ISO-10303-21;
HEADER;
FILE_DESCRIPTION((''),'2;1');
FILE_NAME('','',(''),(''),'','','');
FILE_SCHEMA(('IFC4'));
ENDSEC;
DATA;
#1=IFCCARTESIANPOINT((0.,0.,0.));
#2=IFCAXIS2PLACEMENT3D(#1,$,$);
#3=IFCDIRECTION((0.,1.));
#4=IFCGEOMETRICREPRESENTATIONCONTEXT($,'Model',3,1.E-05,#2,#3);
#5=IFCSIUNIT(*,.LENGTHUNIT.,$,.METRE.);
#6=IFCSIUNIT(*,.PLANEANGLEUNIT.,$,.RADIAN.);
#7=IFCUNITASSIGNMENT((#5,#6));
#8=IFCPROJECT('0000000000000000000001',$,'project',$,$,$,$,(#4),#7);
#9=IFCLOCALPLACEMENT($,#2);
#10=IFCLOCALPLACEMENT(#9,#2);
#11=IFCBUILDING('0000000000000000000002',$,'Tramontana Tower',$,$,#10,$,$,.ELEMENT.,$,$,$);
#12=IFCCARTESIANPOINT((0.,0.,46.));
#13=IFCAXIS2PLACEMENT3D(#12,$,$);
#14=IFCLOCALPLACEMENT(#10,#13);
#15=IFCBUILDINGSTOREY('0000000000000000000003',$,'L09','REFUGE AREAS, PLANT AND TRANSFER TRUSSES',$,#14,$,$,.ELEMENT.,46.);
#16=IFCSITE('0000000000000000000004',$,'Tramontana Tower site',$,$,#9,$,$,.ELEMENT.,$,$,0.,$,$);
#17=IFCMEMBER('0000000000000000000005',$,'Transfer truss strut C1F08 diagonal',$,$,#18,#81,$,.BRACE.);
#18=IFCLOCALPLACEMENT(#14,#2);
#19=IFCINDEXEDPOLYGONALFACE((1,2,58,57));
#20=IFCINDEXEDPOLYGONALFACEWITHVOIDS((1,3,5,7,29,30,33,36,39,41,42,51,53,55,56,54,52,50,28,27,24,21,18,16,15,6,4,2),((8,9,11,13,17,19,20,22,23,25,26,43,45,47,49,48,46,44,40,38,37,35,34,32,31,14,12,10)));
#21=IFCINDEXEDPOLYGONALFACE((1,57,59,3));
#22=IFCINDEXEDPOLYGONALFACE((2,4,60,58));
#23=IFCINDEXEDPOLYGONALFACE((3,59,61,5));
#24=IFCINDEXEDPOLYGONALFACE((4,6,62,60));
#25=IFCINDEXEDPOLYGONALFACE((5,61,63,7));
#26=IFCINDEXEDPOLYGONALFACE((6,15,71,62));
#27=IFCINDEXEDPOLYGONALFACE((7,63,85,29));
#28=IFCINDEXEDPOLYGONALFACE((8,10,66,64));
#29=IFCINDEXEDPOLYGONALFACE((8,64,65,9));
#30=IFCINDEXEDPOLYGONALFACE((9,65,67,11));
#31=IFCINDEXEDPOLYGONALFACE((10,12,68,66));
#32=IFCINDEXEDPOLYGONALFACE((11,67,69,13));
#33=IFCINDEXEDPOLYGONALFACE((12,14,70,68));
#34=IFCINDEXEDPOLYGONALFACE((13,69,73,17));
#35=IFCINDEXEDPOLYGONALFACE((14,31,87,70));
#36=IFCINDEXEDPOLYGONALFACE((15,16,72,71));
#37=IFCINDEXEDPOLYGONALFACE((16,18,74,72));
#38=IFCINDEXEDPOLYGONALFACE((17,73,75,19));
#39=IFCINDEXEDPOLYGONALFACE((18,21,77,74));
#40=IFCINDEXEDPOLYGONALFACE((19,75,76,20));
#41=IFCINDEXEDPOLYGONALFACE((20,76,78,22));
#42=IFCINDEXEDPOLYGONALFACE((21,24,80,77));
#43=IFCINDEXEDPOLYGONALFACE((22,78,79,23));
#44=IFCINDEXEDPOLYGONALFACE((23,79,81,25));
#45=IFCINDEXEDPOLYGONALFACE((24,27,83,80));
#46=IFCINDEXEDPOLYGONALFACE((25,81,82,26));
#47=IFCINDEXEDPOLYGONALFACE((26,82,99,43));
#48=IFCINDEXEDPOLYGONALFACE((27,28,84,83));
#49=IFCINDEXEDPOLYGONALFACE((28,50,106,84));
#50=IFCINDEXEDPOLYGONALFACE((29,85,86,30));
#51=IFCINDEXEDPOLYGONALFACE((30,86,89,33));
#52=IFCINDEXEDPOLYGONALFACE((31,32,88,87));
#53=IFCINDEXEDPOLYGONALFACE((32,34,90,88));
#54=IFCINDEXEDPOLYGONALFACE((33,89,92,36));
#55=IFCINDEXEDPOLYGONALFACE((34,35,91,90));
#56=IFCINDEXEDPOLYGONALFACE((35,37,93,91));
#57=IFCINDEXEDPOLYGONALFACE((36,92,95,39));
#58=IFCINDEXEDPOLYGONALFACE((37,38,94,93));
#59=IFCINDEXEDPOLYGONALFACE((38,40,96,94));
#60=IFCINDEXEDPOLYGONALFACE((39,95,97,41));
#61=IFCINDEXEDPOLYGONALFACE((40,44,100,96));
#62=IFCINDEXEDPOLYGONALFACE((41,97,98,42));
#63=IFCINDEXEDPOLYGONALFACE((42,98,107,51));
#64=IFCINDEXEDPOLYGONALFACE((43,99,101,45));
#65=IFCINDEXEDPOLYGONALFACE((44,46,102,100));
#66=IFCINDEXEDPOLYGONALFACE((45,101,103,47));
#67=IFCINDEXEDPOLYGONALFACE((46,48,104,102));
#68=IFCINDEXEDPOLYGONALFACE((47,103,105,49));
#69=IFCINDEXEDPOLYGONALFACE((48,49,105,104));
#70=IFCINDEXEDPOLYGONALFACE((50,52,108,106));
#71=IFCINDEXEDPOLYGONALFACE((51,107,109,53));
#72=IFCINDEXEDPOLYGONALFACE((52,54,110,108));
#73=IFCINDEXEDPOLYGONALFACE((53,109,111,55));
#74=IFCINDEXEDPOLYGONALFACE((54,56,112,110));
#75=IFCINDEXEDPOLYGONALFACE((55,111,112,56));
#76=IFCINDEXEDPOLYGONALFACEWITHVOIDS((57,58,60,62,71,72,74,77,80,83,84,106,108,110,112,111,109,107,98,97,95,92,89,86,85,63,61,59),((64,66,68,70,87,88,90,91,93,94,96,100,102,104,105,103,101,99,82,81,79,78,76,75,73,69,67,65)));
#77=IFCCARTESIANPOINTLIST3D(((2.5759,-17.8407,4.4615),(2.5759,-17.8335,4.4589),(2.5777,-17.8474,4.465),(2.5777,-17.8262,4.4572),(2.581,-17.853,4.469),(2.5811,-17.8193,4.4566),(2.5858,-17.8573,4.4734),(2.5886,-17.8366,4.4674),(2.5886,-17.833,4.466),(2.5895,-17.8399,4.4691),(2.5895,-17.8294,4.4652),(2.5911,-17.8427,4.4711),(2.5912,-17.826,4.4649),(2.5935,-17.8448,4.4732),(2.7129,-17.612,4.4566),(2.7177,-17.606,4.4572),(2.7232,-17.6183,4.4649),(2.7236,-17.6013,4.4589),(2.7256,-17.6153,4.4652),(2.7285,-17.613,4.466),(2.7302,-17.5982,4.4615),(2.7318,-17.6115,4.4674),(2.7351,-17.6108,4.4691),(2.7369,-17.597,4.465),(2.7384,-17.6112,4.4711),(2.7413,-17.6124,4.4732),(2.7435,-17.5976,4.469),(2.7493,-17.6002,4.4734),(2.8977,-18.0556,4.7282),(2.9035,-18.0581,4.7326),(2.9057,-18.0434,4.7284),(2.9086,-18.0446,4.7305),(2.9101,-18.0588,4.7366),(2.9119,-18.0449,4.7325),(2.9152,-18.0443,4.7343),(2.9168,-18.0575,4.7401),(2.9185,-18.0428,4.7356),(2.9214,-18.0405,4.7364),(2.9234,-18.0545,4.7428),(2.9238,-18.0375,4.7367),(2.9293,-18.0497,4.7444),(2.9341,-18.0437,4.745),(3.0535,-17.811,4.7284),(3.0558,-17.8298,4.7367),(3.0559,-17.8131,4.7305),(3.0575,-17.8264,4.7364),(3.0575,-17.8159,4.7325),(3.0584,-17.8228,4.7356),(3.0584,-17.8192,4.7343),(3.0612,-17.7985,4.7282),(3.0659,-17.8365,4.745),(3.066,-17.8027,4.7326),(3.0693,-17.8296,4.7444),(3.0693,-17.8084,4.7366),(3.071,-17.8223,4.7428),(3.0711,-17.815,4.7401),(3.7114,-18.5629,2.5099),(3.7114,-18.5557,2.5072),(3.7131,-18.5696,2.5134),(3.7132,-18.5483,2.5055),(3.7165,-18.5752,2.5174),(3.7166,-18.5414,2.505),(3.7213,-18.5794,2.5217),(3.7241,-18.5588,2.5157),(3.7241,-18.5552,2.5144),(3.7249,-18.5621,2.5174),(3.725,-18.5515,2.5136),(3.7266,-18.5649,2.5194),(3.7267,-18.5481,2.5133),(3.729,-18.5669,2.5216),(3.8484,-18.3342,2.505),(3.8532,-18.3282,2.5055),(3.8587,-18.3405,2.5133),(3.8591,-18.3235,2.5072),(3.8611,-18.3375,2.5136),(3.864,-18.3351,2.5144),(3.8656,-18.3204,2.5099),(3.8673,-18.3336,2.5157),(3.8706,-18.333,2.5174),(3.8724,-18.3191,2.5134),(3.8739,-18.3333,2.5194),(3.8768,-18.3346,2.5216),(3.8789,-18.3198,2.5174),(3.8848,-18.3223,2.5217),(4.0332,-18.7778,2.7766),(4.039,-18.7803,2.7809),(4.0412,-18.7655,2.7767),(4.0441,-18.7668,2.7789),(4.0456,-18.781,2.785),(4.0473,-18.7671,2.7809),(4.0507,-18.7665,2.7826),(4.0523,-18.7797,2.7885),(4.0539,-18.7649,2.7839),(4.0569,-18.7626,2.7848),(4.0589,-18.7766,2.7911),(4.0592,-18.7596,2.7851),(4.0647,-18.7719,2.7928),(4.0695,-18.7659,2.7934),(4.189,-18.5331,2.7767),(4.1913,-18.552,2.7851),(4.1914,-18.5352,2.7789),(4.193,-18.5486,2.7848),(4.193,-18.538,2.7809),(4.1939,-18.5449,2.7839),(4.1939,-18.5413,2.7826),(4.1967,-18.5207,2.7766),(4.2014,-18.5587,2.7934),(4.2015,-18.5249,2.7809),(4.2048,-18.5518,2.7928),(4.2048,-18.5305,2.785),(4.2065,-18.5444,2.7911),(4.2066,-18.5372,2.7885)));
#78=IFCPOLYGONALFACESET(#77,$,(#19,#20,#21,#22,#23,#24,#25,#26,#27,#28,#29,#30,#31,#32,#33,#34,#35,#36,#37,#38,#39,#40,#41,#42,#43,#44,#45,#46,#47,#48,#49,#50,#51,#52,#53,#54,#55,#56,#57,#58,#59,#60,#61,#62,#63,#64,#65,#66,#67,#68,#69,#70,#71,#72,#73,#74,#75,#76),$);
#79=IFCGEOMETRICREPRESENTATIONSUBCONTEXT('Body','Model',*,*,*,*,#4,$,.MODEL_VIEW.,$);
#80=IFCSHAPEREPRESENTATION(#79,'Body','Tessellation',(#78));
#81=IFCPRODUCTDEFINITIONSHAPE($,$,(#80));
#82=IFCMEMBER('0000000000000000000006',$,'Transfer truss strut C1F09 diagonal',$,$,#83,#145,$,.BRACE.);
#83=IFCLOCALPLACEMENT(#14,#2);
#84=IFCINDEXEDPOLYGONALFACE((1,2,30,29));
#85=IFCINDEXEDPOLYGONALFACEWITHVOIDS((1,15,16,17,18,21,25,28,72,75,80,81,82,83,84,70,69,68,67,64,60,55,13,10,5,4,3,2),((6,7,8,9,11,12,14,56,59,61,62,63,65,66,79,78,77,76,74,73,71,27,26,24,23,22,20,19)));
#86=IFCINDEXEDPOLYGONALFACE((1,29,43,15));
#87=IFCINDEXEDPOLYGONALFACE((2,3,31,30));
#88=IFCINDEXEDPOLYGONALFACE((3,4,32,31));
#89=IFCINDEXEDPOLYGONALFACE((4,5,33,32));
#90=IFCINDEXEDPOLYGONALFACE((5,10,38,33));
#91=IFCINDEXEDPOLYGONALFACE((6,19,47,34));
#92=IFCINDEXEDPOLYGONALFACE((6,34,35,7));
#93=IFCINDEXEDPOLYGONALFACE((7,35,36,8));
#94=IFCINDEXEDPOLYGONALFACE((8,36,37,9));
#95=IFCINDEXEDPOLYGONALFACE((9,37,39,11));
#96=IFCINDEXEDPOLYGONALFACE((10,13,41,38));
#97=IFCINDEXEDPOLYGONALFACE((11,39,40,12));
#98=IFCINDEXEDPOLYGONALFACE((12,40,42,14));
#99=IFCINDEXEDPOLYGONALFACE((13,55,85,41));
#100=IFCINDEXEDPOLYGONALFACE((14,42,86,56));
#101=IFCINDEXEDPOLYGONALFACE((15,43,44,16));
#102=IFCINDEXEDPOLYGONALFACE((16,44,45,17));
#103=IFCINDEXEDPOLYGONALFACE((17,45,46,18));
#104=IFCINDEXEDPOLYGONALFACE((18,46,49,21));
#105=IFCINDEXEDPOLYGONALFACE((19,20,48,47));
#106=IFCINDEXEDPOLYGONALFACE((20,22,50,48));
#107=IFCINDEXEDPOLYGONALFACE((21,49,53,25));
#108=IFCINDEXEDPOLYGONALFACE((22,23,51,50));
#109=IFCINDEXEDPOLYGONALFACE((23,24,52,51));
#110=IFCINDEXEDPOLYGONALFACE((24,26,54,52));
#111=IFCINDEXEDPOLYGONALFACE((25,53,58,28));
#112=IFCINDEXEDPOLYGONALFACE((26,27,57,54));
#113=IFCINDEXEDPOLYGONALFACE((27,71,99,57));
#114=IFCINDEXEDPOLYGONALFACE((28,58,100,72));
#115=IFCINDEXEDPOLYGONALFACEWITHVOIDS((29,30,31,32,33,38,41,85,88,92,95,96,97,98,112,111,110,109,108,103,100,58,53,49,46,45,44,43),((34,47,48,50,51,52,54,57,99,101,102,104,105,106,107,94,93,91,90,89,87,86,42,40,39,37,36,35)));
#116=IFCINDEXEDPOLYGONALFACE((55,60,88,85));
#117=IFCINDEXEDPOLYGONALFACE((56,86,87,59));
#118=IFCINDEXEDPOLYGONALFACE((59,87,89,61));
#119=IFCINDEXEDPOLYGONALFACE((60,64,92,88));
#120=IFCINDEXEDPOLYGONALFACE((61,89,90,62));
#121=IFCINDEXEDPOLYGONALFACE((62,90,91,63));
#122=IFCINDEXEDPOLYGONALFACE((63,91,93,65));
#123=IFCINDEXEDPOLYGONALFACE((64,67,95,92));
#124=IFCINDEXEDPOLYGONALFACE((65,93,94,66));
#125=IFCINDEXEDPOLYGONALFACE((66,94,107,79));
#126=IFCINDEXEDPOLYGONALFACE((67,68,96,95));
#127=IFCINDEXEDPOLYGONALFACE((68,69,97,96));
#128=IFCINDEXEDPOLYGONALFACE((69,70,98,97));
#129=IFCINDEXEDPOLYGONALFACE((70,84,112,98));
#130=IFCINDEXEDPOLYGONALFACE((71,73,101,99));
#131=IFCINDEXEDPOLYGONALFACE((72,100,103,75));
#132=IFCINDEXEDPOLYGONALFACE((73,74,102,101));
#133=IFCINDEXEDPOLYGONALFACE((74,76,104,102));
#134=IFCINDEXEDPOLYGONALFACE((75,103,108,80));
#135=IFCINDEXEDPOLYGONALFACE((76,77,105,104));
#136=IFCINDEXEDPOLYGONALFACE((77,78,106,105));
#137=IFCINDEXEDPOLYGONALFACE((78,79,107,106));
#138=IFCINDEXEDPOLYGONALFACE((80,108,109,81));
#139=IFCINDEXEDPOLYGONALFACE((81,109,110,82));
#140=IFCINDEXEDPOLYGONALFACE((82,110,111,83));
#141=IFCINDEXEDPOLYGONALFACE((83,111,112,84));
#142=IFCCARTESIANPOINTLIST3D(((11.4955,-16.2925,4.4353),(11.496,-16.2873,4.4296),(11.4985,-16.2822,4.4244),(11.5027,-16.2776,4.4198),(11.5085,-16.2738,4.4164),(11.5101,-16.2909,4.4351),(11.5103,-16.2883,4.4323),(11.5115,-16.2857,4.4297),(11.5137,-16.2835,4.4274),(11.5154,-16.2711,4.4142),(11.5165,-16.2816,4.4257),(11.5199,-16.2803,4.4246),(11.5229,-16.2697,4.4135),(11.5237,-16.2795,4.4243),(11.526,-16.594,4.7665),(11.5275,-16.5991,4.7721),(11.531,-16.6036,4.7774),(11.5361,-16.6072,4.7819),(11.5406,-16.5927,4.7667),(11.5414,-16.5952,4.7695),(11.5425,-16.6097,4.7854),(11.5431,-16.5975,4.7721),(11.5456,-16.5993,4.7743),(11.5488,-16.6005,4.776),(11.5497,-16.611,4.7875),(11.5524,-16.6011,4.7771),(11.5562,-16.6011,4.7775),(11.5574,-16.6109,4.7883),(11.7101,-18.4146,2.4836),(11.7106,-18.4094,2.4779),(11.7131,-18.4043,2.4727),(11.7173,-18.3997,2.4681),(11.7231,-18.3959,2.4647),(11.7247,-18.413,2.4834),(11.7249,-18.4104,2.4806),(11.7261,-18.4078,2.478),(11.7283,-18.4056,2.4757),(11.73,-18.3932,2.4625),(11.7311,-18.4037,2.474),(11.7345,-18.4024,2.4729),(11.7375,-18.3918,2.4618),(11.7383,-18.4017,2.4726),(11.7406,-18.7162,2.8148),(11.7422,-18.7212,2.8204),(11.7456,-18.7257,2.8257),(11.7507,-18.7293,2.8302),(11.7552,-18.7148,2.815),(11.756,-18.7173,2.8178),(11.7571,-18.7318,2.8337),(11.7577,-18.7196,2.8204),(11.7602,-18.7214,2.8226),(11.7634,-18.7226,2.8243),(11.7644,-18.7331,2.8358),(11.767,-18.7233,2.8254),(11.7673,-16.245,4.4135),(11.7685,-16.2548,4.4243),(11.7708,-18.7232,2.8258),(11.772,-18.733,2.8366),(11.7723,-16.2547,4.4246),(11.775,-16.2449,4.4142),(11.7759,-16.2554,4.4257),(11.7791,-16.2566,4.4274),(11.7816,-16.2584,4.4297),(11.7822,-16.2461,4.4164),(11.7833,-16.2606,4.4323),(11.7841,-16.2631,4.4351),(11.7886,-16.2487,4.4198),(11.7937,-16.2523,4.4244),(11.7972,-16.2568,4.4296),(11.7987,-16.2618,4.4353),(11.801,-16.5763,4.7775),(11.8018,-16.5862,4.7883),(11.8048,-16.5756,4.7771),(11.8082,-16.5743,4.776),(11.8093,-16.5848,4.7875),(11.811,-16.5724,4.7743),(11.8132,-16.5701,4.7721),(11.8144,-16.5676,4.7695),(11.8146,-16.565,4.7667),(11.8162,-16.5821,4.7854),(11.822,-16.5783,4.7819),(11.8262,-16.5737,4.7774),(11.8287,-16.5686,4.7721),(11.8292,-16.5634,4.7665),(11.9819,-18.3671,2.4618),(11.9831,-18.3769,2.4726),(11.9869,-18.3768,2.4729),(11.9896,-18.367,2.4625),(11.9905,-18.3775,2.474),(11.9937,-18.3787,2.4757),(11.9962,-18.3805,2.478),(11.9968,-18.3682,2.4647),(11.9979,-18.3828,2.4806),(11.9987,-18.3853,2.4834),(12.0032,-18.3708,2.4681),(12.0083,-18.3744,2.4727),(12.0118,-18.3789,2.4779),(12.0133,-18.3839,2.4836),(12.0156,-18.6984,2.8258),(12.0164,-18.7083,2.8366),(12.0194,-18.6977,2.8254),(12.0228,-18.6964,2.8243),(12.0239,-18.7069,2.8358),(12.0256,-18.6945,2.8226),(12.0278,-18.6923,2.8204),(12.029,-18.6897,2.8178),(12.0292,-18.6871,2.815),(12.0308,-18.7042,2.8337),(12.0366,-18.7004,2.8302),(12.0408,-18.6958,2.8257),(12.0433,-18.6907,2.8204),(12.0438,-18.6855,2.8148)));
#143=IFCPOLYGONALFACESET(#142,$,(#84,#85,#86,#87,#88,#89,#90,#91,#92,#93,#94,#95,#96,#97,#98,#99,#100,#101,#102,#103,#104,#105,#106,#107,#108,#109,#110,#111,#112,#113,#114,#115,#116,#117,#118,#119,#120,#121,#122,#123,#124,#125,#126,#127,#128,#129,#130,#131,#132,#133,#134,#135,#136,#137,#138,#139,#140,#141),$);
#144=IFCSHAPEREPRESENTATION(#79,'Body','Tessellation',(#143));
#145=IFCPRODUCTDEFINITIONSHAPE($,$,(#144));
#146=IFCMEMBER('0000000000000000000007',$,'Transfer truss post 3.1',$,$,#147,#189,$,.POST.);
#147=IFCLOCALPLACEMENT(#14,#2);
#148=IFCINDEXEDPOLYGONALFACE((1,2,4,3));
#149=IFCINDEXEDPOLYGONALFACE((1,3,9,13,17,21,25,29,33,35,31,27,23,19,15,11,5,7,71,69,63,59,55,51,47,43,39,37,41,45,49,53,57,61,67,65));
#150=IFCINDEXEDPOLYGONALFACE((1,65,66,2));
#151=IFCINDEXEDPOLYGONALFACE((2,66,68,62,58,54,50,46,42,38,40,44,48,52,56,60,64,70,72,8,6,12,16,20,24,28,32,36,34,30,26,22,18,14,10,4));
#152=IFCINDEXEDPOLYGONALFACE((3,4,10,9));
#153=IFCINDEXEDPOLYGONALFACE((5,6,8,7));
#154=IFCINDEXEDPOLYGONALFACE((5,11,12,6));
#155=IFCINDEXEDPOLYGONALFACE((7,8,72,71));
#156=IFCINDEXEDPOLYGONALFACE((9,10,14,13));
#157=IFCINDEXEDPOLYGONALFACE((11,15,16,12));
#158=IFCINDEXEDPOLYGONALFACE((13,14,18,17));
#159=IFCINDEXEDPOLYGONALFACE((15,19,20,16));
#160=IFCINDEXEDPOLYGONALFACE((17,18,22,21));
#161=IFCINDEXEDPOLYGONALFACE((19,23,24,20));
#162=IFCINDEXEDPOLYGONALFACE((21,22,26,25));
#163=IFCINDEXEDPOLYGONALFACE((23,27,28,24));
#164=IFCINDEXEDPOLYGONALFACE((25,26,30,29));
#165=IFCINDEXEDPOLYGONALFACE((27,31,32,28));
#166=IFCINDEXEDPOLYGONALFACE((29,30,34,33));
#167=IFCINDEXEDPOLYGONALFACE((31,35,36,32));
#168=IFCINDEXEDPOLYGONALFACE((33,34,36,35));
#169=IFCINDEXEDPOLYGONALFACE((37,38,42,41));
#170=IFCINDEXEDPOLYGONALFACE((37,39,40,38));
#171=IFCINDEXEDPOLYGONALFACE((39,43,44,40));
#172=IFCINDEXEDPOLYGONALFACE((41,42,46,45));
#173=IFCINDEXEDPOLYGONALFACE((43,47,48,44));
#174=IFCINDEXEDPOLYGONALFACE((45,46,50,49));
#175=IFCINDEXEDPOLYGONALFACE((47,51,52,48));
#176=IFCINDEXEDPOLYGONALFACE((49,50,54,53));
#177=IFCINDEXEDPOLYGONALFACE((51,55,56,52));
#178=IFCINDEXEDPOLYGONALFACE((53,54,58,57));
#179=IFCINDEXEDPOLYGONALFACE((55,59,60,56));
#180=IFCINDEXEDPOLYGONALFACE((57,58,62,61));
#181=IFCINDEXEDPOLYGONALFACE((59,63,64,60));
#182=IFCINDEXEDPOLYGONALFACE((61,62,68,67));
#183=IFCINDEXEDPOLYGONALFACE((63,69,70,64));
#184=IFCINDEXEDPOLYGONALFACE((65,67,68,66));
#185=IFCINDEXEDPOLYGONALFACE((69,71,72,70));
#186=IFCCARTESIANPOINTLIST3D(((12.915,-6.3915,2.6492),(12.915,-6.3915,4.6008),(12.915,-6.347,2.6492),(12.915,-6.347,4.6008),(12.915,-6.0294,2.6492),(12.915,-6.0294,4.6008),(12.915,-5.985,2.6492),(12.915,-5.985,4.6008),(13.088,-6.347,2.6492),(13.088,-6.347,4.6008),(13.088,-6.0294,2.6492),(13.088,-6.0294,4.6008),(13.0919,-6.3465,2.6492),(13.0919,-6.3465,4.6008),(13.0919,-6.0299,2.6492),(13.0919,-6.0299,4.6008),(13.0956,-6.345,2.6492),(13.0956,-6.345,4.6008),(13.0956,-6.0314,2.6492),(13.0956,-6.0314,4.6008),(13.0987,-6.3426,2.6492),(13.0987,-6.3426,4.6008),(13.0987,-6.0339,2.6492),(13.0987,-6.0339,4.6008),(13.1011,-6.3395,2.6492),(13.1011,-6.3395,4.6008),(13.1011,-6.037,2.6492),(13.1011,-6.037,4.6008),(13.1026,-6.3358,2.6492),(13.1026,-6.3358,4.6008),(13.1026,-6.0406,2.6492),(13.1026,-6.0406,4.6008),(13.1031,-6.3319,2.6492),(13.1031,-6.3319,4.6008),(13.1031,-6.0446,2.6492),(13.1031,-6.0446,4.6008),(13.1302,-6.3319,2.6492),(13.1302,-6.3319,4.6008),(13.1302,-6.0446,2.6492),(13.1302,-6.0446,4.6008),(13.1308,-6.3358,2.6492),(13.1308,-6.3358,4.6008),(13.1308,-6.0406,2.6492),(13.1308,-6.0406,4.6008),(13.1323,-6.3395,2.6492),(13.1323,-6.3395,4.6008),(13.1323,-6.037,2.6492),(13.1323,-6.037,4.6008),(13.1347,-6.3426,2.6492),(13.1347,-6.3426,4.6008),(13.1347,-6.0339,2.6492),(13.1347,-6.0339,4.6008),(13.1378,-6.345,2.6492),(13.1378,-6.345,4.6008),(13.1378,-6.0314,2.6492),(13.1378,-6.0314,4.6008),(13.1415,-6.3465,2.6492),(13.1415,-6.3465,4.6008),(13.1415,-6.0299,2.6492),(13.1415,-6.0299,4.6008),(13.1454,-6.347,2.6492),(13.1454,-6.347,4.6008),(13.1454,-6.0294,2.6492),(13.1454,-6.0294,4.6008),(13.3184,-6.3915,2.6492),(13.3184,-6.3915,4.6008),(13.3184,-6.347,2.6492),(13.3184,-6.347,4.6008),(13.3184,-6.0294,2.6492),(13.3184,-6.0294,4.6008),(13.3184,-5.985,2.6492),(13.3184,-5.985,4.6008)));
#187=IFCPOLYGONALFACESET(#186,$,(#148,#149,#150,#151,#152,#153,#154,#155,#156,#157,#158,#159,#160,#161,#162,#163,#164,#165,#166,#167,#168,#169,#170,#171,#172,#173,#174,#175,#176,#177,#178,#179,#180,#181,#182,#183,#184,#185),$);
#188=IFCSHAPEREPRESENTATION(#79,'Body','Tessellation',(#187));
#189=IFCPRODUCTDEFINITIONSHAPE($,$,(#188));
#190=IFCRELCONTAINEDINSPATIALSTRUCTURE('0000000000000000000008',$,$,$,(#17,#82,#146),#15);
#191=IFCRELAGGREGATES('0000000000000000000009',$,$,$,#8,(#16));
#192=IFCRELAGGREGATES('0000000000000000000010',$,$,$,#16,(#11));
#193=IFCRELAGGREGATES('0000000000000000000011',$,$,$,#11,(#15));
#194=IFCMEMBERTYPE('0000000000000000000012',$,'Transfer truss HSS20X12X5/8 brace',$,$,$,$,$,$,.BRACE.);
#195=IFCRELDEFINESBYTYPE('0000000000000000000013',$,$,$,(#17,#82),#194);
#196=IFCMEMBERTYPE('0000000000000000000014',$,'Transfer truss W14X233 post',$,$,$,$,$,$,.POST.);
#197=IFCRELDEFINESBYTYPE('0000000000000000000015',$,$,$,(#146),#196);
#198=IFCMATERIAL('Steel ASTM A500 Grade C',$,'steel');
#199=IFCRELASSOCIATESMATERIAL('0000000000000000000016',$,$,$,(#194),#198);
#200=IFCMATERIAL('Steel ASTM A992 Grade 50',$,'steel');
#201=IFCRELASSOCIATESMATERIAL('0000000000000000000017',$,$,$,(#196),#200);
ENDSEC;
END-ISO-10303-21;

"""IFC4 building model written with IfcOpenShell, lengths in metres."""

from ifc_helpers import new_model, si_unit, direction, frame, origin, origin_2d, place, context, subcontext, project, spatial, hollow_rectangle, i_section, extrude, material, material_profile, profile_set, type_object, element, save


model = new_model("IFC4")

# Units and contexts
model_context = context("Model", 3, precision=1e-05, world=origin(), true_north=direction((0.0, 1.0)))
body_context = subcontext(model_context, "Body", "Model", "MODEL_VIEW")
ifc_project = project(units=[si_unit("LENGTHUNIT", "METRE"), si_unit("PLANEANGLEUNIT", "RADIAN")], contexts=[model_context])

# Site, building, storey
site_placement = place(None, origin())
site = spatial("IfcSite", under=ifc_project, at=site_placement, Name="Tramontana Tower site", CompositionType="ELEMENT", RefElevation=0.0)
building_placement = place(site_placement, origin())
building = spatial("IfcBuilding", under=site, at=building_placement, Name="Tramontana Tower", CompositionType="ELEMENT")
storey_placement = place(building_placement, frame((0.0, 0.0, 46.0)))
storey = spatial("IfcBuildingStorey", under=building, at=storey_placement, Name="L09", Description="REFUGE AREAS, PLANT AND TRANSFER TRUSSES", CompositionType="ELEMENT", Elevation=46.0)

# Members
ifc_material_1 = material(Name="Steel ASTM A500 Grade C", Category="steel")
ifc_material_profile_1 = material_profile(ifc_material_1, hollow_rectangle(XDim=0.3047, YDim=0.5081, WallThickness=0.0146, InnerFilletRadius=0.0146, OuterFilletRadius=0.0295, at=origin_2d()), Name="HSS20X12X5/8")
ifc_profile_set_1 = profile_set([ifc_material_profile_1], Name="Steel ASTM A500 Grade C")
member_type_1 = type_object("IfcMemberType", Name="Transfer truss HSS20X12X5/8 brace", PredefinedType="BRACE", material=ifc_profile_set_1)
member_1_placement = place(storey_placement, frame((3.959, -18.55, 2.6492), z_axis=(-0.478987, 0.304632, 0.823268), x_axis=(-0.536652, -0.843803, 0.0)))
element("IfcMember", 1, at=member_1_placement, inside=storey, type_object=member_type_1, Name="Transfer truss strut C1F08 diagonal", PredefinedType="BRACE", context=body_context, shape_type="SweptSolid", body=[
    extrude(hollow_rectangle(XDim=0.3047, YDim=0.5081, WallThickness=0.0146, InnerFilletRadius=0.0146, OuterFilletRadius=0.0295, at=origin_2d()), origin(), (0.0, 0.0, 1.0), 2.3706),
])
member_2_placement = place(storey_placement, frame((11.877, -18.55, 2.6492), z_axis=(-0.074229, 0.734012, 0.675068), x_axis=(-0.994926, -0.100614, 0.0)))
element("IfcMember", 2, at=member_2_placement, inside=storey, type_object=member_type_1, Name="Transfer truss strut C1F09 diagonal", PredefinedType="BRACE", context=body_context, shape_type="SweptSolid", body=[
    extrude(hollow_rectangle(XDim=0.3047, YDim=0.5081, WallThickness=0.0146, InnerFilletRadius=0.0146, OuterFilletRadius=0.0295, at=origin_2d()), origin(), (0.0, 0.0, 1.0), 2.8911),
])
ifc_material_2 = material(Name="Steel ASTM A992 Grade 50", Category="steel")
ifc_material_profile_2 = material_profile(ifc_material_2, i_section(OverallWidth=0.4033, OverallDepth=0.4065, WebThickness=0.0271, FlangeThickness=0.0444, FilletRadius=0.0151, at=origin_2d()), Name="W14X233")
ifc_profile_set_2 = profile_set([ifc_material_profile_2], Name="Steel ASTM A992 Grade 50")
member_type_2 = type_object("IfcMemberType", Name="Transfer truss W14X233 post", PredefinedType="POST", material=ifc_profile_set_2)
member_3_placement = place(storey_placement, frame((13.1167, -6.1882, 2.6492), z_axis=(0.0, 0.0, 1.0), x_axis=(1.0, 0.0, 0.0)))
element("IfcMember", 3, at=member_3_placement, inside=storey, type_object=member_type_2, Name="Transfer truss post 3.1", PredefinedType="POST", context=body_context, shape_type="SweptSolid", body=[
    extrude(i_section(OverallWidth=0.4033, OverallDepth=0.4065, WebThickness=0.0271, FlangeThickness=0.0444, FilletRadius=0.0151, at=origin_2d()), origin(), (0.0, 0.0, 1.0), 1.9517),
])

save(model, "model.ifc")
